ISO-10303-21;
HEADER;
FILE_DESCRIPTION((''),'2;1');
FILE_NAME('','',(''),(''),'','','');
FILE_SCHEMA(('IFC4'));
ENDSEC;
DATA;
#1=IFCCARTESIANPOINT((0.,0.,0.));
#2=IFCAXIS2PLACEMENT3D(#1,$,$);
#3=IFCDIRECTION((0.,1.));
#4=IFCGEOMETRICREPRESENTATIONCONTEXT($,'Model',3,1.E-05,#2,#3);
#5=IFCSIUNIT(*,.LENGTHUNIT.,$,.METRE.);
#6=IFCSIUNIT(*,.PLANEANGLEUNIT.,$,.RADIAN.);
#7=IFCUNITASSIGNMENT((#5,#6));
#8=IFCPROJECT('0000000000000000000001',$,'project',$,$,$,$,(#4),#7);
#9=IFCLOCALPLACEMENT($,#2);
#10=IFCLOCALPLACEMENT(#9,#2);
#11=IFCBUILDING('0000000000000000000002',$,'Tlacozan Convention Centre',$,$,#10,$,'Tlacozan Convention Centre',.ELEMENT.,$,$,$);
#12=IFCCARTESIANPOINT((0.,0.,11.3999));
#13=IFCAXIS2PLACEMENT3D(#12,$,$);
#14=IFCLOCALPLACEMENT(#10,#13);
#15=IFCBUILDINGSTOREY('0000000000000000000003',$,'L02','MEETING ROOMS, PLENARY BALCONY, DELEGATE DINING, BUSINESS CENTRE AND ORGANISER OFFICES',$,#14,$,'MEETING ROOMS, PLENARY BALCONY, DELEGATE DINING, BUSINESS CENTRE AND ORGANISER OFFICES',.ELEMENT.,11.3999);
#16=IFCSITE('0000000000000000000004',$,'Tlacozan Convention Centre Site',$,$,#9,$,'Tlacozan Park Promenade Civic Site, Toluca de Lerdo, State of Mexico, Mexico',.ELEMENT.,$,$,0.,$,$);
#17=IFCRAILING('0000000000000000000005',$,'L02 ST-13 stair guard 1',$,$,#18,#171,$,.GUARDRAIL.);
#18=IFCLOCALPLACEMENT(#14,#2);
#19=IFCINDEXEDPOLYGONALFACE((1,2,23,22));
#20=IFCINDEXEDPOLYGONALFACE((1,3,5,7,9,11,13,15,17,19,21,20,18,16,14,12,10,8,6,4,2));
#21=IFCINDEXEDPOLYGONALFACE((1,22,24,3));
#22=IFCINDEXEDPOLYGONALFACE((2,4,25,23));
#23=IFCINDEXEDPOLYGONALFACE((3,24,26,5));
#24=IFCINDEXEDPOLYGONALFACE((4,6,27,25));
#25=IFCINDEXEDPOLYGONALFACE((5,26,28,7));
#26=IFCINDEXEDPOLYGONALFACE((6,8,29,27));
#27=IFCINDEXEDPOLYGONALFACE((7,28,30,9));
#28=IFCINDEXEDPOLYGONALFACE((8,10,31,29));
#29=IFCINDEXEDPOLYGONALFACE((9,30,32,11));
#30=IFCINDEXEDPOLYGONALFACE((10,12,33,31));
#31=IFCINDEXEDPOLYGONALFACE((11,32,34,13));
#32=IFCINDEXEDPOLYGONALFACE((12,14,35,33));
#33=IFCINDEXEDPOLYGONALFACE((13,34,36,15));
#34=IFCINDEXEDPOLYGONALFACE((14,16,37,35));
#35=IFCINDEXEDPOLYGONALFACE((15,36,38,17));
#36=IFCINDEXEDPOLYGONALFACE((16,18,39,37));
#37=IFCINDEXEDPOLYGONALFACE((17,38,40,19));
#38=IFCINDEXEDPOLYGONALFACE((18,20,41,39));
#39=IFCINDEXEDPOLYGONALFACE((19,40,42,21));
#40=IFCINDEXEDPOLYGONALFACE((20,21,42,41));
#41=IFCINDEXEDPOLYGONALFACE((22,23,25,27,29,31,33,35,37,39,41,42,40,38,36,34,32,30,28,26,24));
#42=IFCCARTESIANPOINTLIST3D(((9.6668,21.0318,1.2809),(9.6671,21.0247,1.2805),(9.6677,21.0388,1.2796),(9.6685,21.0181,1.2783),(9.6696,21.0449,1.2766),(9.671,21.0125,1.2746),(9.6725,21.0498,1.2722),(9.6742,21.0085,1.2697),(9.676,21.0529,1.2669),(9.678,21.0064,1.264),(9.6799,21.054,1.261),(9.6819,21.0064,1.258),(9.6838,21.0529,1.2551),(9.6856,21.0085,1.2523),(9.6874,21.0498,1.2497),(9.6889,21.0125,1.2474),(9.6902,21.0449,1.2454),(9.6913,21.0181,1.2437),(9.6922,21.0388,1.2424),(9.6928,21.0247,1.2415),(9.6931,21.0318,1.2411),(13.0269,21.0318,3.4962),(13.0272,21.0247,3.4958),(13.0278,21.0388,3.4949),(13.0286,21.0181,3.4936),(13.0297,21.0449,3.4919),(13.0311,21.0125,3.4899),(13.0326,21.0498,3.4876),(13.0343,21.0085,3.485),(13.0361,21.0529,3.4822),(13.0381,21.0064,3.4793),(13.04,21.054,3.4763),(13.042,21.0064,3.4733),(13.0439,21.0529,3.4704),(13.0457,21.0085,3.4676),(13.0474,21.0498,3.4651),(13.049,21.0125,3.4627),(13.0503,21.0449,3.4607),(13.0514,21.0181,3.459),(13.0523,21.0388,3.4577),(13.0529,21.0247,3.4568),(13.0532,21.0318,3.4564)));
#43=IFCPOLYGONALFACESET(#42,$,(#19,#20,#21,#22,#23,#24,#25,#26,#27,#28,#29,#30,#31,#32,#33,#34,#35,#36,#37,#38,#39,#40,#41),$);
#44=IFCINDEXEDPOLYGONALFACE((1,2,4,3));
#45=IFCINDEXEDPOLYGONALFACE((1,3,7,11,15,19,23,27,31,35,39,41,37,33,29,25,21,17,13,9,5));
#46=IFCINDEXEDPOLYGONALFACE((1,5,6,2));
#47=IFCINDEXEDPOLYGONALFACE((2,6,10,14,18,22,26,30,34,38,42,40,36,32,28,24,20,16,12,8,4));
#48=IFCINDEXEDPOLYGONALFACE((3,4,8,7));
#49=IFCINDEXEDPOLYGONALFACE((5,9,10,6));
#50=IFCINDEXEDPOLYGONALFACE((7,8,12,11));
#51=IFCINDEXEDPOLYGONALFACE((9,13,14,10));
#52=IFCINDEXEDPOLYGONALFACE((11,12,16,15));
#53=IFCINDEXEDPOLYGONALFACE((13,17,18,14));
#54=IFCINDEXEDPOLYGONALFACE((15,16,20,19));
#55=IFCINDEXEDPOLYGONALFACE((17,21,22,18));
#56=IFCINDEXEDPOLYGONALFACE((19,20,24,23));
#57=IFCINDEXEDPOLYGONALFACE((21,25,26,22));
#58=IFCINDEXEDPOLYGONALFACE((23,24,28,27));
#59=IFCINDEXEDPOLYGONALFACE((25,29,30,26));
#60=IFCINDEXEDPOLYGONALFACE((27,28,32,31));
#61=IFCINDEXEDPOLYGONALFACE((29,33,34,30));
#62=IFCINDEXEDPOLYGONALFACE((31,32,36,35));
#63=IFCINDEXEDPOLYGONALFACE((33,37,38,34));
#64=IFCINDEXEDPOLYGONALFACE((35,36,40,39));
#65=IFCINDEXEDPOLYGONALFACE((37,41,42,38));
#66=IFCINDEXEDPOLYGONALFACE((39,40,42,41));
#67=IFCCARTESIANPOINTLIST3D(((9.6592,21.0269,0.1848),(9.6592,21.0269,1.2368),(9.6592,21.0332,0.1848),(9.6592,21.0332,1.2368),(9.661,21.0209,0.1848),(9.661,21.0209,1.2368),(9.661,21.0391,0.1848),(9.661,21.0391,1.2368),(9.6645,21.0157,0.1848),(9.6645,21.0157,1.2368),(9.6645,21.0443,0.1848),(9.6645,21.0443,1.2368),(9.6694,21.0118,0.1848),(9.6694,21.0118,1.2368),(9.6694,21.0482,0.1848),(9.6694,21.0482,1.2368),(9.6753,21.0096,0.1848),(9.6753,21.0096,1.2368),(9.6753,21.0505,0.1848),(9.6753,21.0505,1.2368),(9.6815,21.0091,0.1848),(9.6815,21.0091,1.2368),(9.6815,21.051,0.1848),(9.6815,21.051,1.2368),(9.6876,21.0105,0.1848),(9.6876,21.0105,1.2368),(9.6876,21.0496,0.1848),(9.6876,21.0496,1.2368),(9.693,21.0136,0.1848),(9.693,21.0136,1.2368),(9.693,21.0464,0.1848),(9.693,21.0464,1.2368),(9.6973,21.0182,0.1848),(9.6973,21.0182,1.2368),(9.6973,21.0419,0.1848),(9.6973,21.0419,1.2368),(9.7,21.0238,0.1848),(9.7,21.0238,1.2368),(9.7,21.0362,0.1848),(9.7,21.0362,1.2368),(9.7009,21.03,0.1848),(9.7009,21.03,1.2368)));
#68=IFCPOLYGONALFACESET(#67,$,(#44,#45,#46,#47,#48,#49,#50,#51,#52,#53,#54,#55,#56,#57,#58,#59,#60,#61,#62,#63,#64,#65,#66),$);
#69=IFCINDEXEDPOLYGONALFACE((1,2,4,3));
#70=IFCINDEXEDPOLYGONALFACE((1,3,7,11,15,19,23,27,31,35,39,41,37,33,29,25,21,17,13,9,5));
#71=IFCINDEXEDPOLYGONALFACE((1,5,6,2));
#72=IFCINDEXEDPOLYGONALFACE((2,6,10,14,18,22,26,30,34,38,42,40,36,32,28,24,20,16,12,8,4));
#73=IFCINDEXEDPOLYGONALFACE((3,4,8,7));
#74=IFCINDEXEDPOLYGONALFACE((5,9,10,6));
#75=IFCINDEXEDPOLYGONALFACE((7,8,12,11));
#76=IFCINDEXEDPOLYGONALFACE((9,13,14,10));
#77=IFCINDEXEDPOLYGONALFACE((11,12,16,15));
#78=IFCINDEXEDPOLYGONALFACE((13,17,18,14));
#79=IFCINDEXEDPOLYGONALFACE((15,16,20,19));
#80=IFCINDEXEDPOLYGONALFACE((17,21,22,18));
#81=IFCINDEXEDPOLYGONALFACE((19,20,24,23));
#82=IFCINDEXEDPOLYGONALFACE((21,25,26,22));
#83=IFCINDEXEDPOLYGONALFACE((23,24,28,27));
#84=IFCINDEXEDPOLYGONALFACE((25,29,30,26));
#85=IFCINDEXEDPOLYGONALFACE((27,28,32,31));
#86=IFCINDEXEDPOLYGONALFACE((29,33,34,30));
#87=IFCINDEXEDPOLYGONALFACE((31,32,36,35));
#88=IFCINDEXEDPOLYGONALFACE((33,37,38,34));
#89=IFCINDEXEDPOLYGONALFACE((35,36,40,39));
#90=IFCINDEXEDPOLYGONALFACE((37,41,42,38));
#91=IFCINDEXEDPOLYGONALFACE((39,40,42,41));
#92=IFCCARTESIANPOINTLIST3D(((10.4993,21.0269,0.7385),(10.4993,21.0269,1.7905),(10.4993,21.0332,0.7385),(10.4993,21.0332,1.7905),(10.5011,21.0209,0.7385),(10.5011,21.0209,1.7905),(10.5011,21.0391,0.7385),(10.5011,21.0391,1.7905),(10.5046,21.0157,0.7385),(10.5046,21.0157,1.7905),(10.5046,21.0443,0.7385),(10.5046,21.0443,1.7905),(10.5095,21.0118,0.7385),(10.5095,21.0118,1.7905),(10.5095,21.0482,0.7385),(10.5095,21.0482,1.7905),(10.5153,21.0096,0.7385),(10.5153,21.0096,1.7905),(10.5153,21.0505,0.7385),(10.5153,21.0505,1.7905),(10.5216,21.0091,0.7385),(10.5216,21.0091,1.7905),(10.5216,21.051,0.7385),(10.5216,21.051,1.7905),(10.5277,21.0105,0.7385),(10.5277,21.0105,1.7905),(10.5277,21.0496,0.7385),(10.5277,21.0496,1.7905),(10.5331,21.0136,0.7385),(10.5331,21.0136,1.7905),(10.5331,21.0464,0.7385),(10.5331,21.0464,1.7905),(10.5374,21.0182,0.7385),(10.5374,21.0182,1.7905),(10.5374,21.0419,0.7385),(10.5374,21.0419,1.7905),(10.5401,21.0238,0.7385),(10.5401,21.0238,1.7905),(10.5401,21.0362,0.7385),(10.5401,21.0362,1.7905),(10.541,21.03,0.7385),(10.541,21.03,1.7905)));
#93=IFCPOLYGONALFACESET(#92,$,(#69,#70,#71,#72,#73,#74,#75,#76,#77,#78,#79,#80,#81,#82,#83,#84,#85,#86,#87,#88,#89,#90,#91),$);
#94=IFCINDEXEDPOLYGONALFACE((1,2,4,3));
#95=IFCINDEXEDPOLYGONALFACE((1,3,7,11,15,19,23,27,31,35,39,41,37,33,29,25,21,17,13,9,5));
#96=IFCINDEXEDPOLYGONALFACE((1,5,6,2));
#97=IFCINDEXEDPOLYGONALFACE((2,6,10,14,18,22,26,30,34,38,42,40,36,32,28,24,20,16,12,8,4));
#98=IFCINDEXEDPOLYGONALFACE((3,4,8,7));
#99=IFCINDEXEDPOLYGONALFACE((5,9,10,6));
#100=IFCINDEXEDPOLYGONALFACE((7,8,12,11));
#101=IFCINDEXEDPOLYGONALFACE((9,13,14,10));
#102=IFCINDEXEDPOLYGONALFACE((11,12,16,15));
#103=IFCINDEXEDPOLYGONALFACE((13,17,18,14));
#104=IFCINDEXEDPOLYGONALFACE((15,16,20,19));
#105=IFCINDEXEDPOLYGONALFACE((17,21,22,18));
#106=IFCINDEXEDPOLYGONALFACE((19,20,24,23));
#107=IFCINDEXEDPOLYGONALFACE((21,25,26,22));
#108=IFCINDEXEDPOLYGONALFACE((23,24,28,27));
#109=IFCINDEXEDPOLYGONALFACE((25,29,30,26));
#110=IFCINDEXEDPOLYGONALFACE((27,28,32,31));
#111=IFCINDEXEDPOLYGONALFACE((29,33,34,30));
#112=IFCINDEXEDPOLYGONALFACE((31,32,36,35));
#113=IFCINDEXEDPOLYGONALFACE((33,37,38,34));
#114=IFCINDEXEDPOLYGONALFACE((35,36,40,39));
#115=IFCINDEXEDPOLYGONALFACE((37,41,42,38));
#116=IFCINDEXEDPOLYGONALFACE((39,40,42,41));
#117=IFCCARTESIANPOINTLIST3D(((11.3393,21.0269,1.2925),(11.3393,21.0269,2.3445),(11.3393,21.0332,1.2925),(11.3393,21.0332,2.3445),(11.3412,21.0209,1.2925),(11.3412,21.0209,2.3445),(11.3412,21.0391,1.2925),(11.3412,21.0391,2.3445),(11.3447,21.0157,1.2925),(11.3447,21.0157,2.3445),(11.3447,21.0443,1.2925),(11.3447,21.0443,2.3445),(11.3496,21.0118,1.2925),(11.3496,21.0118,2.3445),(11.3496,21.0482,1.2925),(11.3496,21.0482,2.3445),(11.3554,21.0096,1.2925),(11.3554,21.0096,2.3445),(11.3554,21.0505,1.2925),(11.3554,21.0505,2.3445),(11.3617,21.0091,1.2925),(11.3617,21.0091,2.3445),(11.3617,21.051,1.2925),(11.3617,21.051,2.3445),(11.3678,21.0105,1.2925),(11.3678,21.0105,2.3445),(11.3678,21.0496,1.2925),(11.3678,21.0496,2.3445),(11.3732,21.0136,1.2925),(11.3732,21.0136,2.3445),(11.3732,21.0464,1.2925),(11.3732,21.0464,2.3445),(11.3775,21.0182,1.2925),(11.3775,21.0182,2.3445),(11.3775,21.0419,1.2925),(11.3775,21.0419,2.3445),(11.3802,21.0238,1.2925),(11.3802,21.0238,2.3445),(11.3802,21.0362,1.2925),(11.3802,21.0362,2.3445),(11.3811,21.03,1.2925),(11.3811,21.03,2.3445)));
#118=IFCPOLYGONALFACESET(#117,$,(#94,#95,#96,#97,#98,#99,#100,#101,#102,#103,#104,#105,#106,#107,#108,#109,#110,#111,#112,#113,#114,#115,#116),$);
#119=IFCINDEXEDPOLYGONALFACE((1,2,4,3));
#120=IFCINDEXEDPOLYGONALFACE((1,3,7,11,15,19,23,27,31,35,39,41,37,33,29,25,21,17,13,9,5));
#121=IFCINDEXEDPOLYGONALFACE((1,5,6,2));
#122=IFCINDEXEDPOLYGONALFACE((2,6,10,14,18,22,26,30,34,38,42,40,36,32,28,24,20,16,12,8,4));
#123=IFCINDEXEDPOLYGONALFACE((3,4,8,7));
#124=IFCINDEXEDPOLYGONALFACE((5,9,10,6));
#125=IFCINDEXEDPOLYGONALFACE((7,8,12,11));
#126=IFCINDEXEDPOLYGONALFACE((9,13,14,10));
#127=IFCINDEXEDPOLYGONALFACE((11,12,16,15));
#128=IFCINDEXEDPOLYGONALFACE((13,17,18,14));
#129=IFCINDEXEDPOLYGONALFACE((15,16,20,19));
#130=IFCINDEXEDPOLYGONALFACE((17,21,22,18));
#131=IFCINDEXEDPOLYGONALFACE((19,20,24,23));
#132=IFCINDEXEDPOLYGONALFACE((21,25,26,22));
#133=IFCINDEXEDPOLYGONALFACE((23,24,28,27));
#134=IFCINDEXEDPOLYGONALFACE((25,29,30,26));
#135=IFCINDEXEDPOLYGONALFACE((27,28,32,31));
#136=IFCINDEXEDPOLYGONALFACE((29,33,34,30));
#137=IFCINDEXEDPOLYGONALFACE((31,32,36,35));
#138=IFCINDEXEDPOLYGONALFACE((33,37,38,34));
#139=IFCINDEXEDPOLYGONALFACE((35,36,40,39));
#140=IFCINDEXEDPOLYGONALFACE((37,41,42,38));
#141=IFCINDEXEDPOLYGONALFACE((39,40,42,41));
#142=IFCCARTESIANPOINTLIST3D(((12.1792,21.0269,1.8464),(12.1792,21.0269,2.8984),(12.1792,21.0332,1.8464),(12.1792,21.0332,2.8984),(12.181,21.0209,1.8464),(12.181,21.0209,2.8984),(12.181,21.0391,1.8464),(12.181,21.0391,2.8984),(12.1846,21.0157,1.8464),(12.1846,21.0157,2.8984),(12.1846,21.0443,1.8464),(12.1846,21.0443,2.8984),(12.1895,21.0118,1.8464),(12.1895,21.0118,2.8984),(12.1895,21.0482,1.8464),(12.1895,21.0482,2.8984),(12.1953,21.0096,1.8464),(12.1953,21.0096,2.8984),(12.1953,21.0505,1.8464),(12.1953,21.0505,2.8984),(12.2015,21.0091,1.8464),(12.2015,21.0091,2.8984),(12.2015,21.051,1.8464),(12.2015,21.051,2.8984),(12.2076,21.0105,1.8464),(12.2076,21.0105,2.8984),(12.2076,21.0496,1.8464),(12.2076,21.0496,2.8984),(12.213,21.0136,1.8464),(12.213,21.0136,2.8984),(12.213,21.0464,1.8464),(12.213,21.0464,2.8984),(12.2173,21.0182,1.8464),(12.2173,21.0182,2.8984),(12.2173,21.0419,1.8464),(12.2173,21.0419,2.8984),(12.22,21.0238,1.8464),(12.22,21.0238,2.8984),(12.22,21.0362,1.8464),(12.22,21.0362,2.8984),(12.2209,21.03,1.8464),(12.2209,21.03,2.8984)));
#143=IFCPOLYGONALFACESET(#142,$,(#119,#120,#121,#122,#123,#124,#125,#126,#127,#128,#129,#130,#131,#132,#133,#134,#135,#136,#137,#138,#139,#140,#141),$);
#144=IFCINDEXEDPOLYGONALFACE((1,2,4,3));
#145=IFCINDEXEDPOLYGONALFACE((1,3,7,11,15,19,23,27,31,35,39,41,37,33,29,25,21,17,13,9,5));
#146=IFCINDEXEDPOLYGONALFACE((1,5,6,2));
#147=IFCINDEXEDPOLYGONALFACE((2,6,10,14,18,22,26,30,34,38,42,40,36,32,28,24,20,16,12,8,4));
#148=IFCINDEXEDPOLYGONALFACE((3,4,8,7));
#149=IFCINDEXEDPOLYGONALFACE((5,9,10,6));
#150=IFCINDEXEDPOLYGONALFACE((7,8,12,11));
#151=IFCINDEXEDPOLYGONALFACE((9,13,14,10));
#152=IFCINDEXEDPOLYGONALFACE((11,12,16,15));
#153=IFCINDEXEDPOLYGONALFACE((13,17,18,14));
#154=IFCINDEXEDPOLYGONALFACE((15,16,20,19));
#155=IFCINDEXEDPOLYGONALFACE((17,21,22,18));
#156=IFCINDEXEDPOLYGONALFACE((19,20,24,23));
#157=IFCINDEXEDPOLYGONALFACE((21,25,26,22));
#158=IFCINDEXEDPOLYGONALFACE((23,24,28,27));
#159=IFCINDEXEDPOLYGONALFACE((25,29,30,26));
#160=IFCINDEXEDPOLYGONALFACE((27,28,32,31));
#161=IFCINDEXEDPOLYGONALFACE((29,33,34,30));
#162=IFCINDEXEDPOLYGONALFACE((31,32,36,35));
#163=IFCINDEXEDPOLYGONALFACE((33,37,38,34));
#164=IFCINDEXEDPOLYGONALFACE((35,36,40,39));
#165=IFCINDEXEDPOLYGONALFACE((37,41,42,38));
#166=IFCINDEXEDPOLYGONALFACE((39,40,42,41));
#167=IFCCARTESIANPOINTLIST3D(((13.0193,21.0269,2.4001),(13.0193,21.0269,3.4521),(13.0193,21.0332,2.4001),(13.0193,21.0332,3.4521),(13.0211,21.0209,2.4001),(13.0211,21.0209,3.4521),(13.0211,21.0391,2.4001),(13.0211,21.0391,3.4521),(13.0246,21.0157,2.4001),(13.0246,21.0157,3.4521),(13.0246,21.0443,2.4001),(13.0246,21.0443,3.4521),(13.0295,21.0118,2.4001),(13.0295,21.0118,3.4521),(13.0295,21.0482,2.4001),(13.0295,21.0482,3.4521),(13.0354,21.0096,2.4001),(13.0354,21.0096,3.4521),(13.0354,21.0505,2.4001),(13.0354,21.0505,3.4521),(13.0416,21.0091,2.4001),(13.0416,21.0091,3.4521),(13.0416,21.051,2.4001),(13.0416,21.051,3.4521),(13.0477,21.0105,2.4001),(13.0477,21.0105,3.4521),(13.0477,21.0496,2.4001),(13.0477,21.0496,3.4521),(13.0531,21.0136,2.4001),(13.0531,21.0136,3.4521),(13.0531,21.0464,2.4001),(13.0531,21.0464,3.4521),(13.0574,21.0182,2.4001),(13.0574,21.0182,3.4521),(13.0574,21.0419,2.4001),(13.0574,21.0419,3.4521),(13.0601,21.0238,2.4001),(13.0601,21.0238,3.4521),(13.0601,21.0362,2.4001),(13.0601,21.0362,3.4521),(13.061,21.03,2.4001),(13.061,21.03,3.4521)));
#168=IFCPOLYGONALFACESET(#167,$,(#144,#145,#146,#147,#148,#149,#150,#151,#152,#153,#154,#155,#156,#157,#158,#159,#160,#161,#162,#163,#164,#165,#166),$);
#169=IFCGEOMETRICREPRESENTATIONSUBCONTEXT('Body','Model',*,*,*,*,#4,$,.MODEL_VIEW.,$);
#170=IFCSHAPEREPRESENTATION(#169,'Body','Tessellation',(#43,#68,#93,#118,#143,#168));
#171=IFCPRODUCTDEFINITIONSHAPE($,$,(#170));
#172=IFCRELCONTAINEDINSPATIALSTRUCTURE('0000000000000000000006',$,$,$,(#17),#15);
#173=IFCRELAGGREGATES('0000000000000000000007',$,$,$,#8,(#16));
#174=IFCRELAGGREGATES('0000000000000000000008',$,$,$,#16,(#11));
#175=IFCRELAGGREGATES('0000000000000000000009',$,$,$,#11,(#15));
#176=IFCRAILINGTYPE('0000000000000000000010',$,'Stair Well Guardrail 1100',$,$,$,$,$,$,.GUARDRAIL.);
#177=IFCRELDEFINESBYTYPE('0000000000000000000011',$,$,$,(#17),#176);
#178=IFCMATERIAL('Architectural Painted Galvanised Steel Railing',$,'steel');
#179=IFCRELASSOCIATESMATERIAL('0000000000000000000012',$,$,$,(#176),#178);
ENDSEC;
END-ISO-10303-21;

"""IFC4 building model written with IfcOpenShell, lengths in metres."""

from ifc_helpers import new_model, si_unit, direction, frame, origin, origin_2d, place, context, subcontext, project, spatial, circle, extrude, material, type_object, element, save


model = new_model("IFC4")

# Units and contexts
model_context = context("Model", 3, precision=1e-05, world=origin(), true_north=direction((0.0, 1.0)))
body_context = subcontext(model_context, "Body", "Model", "MODEL_VIEW")
ifc_project = project(units=[si_unit("LENGTHUNIT", "METRE"), si_unit("PLANEANGLEUNIT", "RADIAN")], contexts=[model_context])

# Site, building, storey
site_placement = place(None, origin())
site = spatial("IfcSite", under=ifc_project, at=site_placement, Name="Tlacozan Convention Centre Site", LongName="Tlacozan Park Promenade Civic Site, Toluca de Lerdo, State of Mexico, Mexico", CompositionType="ELEMENT", RefElevation=0.0)
building_placement = place(site_placement, origin())
building = spatial("IfcBuilding", under=site, at=building_placement, Name="Tlacozan Convention Centre", LongName="Tlacozan Convention Centre", CompositionType="ELEMENT")
storey_placement = place(building_placement, frame((0.0, 0.0, 11.3999)))
storey = spatial("IfcBuildingStorey", under=building, at=storey_placement, Name="L02", Description="MEETING ROOMS, PLENARY BALCONY, DELEGATE DINING, BUSINESS CENTRE AND ORGANISER OFFICES", LongName="MEETING ROOMS, PLENARY BALCONY, DELEGATE DINING, BUSINESS CENTRE AND ORGANISER OFFICES", CompositionType="ELEMENT", Elevation=11.3999)

# Railing
ifc_material_1 = material(Name="Architectural Painted Galvanised Steel Railing", Category="steel")
railing_type_1 = type_object("IfcRailingType", Name="Stair Well Guardrail 1100", PredefinedType="GUARDRAIL", material=ifc_material_1)
railing_1_placement = place(storey_placement, frame((9.6799, 21.03, 0.1848)))
element("IfcRailing", 1, at=railing_1_placement, inside=storey, type_object=railing_type_1, Name="L02 ST-13 stair guard 1", PredefinedType="GUARDRAIL", context=body_context, shape_type="SweptSolid", body=[
    extrude(circle(Radius=0.0239, at=origin_2d()), frame((0.0, 0.0, 1.0762), z_axis=(0.834876, 0.0, 0.550437), x_axis=(0.0, 1.0, 0.0)), (0.0, 0.0, 1.0), 4.0247),
    extrude(circle(Radius=0.021, at=origin_2d()), origin(), (0.0, 0.0, 1.0), 1.052),
    extrude(circle(Radius=0.021, at=origin_2d()), frame((0.8401, 0.0, 0.5537)), (0.0, 0.0, 1.0), 1.052),
    extrude(circle(Radius=0.021, at=origin_2d()), frame((1.6802, 0.0, 1.1077)), (0.0, 0.0, 1.0), 1.052),
    extrude(circle(Radius=0.021, at=origin_2d()), frame((2.52, 0.0, 1.6616)), (0.0, 0.0, 1.0), 1.052),
    extrude(circle(Radius=0.021, at=origin_2d()), frame((3.3601, 0.0, 2.2153)), (0.0, 0.0, 1.0), 1.052),
])

save(model, "model.ifc")
